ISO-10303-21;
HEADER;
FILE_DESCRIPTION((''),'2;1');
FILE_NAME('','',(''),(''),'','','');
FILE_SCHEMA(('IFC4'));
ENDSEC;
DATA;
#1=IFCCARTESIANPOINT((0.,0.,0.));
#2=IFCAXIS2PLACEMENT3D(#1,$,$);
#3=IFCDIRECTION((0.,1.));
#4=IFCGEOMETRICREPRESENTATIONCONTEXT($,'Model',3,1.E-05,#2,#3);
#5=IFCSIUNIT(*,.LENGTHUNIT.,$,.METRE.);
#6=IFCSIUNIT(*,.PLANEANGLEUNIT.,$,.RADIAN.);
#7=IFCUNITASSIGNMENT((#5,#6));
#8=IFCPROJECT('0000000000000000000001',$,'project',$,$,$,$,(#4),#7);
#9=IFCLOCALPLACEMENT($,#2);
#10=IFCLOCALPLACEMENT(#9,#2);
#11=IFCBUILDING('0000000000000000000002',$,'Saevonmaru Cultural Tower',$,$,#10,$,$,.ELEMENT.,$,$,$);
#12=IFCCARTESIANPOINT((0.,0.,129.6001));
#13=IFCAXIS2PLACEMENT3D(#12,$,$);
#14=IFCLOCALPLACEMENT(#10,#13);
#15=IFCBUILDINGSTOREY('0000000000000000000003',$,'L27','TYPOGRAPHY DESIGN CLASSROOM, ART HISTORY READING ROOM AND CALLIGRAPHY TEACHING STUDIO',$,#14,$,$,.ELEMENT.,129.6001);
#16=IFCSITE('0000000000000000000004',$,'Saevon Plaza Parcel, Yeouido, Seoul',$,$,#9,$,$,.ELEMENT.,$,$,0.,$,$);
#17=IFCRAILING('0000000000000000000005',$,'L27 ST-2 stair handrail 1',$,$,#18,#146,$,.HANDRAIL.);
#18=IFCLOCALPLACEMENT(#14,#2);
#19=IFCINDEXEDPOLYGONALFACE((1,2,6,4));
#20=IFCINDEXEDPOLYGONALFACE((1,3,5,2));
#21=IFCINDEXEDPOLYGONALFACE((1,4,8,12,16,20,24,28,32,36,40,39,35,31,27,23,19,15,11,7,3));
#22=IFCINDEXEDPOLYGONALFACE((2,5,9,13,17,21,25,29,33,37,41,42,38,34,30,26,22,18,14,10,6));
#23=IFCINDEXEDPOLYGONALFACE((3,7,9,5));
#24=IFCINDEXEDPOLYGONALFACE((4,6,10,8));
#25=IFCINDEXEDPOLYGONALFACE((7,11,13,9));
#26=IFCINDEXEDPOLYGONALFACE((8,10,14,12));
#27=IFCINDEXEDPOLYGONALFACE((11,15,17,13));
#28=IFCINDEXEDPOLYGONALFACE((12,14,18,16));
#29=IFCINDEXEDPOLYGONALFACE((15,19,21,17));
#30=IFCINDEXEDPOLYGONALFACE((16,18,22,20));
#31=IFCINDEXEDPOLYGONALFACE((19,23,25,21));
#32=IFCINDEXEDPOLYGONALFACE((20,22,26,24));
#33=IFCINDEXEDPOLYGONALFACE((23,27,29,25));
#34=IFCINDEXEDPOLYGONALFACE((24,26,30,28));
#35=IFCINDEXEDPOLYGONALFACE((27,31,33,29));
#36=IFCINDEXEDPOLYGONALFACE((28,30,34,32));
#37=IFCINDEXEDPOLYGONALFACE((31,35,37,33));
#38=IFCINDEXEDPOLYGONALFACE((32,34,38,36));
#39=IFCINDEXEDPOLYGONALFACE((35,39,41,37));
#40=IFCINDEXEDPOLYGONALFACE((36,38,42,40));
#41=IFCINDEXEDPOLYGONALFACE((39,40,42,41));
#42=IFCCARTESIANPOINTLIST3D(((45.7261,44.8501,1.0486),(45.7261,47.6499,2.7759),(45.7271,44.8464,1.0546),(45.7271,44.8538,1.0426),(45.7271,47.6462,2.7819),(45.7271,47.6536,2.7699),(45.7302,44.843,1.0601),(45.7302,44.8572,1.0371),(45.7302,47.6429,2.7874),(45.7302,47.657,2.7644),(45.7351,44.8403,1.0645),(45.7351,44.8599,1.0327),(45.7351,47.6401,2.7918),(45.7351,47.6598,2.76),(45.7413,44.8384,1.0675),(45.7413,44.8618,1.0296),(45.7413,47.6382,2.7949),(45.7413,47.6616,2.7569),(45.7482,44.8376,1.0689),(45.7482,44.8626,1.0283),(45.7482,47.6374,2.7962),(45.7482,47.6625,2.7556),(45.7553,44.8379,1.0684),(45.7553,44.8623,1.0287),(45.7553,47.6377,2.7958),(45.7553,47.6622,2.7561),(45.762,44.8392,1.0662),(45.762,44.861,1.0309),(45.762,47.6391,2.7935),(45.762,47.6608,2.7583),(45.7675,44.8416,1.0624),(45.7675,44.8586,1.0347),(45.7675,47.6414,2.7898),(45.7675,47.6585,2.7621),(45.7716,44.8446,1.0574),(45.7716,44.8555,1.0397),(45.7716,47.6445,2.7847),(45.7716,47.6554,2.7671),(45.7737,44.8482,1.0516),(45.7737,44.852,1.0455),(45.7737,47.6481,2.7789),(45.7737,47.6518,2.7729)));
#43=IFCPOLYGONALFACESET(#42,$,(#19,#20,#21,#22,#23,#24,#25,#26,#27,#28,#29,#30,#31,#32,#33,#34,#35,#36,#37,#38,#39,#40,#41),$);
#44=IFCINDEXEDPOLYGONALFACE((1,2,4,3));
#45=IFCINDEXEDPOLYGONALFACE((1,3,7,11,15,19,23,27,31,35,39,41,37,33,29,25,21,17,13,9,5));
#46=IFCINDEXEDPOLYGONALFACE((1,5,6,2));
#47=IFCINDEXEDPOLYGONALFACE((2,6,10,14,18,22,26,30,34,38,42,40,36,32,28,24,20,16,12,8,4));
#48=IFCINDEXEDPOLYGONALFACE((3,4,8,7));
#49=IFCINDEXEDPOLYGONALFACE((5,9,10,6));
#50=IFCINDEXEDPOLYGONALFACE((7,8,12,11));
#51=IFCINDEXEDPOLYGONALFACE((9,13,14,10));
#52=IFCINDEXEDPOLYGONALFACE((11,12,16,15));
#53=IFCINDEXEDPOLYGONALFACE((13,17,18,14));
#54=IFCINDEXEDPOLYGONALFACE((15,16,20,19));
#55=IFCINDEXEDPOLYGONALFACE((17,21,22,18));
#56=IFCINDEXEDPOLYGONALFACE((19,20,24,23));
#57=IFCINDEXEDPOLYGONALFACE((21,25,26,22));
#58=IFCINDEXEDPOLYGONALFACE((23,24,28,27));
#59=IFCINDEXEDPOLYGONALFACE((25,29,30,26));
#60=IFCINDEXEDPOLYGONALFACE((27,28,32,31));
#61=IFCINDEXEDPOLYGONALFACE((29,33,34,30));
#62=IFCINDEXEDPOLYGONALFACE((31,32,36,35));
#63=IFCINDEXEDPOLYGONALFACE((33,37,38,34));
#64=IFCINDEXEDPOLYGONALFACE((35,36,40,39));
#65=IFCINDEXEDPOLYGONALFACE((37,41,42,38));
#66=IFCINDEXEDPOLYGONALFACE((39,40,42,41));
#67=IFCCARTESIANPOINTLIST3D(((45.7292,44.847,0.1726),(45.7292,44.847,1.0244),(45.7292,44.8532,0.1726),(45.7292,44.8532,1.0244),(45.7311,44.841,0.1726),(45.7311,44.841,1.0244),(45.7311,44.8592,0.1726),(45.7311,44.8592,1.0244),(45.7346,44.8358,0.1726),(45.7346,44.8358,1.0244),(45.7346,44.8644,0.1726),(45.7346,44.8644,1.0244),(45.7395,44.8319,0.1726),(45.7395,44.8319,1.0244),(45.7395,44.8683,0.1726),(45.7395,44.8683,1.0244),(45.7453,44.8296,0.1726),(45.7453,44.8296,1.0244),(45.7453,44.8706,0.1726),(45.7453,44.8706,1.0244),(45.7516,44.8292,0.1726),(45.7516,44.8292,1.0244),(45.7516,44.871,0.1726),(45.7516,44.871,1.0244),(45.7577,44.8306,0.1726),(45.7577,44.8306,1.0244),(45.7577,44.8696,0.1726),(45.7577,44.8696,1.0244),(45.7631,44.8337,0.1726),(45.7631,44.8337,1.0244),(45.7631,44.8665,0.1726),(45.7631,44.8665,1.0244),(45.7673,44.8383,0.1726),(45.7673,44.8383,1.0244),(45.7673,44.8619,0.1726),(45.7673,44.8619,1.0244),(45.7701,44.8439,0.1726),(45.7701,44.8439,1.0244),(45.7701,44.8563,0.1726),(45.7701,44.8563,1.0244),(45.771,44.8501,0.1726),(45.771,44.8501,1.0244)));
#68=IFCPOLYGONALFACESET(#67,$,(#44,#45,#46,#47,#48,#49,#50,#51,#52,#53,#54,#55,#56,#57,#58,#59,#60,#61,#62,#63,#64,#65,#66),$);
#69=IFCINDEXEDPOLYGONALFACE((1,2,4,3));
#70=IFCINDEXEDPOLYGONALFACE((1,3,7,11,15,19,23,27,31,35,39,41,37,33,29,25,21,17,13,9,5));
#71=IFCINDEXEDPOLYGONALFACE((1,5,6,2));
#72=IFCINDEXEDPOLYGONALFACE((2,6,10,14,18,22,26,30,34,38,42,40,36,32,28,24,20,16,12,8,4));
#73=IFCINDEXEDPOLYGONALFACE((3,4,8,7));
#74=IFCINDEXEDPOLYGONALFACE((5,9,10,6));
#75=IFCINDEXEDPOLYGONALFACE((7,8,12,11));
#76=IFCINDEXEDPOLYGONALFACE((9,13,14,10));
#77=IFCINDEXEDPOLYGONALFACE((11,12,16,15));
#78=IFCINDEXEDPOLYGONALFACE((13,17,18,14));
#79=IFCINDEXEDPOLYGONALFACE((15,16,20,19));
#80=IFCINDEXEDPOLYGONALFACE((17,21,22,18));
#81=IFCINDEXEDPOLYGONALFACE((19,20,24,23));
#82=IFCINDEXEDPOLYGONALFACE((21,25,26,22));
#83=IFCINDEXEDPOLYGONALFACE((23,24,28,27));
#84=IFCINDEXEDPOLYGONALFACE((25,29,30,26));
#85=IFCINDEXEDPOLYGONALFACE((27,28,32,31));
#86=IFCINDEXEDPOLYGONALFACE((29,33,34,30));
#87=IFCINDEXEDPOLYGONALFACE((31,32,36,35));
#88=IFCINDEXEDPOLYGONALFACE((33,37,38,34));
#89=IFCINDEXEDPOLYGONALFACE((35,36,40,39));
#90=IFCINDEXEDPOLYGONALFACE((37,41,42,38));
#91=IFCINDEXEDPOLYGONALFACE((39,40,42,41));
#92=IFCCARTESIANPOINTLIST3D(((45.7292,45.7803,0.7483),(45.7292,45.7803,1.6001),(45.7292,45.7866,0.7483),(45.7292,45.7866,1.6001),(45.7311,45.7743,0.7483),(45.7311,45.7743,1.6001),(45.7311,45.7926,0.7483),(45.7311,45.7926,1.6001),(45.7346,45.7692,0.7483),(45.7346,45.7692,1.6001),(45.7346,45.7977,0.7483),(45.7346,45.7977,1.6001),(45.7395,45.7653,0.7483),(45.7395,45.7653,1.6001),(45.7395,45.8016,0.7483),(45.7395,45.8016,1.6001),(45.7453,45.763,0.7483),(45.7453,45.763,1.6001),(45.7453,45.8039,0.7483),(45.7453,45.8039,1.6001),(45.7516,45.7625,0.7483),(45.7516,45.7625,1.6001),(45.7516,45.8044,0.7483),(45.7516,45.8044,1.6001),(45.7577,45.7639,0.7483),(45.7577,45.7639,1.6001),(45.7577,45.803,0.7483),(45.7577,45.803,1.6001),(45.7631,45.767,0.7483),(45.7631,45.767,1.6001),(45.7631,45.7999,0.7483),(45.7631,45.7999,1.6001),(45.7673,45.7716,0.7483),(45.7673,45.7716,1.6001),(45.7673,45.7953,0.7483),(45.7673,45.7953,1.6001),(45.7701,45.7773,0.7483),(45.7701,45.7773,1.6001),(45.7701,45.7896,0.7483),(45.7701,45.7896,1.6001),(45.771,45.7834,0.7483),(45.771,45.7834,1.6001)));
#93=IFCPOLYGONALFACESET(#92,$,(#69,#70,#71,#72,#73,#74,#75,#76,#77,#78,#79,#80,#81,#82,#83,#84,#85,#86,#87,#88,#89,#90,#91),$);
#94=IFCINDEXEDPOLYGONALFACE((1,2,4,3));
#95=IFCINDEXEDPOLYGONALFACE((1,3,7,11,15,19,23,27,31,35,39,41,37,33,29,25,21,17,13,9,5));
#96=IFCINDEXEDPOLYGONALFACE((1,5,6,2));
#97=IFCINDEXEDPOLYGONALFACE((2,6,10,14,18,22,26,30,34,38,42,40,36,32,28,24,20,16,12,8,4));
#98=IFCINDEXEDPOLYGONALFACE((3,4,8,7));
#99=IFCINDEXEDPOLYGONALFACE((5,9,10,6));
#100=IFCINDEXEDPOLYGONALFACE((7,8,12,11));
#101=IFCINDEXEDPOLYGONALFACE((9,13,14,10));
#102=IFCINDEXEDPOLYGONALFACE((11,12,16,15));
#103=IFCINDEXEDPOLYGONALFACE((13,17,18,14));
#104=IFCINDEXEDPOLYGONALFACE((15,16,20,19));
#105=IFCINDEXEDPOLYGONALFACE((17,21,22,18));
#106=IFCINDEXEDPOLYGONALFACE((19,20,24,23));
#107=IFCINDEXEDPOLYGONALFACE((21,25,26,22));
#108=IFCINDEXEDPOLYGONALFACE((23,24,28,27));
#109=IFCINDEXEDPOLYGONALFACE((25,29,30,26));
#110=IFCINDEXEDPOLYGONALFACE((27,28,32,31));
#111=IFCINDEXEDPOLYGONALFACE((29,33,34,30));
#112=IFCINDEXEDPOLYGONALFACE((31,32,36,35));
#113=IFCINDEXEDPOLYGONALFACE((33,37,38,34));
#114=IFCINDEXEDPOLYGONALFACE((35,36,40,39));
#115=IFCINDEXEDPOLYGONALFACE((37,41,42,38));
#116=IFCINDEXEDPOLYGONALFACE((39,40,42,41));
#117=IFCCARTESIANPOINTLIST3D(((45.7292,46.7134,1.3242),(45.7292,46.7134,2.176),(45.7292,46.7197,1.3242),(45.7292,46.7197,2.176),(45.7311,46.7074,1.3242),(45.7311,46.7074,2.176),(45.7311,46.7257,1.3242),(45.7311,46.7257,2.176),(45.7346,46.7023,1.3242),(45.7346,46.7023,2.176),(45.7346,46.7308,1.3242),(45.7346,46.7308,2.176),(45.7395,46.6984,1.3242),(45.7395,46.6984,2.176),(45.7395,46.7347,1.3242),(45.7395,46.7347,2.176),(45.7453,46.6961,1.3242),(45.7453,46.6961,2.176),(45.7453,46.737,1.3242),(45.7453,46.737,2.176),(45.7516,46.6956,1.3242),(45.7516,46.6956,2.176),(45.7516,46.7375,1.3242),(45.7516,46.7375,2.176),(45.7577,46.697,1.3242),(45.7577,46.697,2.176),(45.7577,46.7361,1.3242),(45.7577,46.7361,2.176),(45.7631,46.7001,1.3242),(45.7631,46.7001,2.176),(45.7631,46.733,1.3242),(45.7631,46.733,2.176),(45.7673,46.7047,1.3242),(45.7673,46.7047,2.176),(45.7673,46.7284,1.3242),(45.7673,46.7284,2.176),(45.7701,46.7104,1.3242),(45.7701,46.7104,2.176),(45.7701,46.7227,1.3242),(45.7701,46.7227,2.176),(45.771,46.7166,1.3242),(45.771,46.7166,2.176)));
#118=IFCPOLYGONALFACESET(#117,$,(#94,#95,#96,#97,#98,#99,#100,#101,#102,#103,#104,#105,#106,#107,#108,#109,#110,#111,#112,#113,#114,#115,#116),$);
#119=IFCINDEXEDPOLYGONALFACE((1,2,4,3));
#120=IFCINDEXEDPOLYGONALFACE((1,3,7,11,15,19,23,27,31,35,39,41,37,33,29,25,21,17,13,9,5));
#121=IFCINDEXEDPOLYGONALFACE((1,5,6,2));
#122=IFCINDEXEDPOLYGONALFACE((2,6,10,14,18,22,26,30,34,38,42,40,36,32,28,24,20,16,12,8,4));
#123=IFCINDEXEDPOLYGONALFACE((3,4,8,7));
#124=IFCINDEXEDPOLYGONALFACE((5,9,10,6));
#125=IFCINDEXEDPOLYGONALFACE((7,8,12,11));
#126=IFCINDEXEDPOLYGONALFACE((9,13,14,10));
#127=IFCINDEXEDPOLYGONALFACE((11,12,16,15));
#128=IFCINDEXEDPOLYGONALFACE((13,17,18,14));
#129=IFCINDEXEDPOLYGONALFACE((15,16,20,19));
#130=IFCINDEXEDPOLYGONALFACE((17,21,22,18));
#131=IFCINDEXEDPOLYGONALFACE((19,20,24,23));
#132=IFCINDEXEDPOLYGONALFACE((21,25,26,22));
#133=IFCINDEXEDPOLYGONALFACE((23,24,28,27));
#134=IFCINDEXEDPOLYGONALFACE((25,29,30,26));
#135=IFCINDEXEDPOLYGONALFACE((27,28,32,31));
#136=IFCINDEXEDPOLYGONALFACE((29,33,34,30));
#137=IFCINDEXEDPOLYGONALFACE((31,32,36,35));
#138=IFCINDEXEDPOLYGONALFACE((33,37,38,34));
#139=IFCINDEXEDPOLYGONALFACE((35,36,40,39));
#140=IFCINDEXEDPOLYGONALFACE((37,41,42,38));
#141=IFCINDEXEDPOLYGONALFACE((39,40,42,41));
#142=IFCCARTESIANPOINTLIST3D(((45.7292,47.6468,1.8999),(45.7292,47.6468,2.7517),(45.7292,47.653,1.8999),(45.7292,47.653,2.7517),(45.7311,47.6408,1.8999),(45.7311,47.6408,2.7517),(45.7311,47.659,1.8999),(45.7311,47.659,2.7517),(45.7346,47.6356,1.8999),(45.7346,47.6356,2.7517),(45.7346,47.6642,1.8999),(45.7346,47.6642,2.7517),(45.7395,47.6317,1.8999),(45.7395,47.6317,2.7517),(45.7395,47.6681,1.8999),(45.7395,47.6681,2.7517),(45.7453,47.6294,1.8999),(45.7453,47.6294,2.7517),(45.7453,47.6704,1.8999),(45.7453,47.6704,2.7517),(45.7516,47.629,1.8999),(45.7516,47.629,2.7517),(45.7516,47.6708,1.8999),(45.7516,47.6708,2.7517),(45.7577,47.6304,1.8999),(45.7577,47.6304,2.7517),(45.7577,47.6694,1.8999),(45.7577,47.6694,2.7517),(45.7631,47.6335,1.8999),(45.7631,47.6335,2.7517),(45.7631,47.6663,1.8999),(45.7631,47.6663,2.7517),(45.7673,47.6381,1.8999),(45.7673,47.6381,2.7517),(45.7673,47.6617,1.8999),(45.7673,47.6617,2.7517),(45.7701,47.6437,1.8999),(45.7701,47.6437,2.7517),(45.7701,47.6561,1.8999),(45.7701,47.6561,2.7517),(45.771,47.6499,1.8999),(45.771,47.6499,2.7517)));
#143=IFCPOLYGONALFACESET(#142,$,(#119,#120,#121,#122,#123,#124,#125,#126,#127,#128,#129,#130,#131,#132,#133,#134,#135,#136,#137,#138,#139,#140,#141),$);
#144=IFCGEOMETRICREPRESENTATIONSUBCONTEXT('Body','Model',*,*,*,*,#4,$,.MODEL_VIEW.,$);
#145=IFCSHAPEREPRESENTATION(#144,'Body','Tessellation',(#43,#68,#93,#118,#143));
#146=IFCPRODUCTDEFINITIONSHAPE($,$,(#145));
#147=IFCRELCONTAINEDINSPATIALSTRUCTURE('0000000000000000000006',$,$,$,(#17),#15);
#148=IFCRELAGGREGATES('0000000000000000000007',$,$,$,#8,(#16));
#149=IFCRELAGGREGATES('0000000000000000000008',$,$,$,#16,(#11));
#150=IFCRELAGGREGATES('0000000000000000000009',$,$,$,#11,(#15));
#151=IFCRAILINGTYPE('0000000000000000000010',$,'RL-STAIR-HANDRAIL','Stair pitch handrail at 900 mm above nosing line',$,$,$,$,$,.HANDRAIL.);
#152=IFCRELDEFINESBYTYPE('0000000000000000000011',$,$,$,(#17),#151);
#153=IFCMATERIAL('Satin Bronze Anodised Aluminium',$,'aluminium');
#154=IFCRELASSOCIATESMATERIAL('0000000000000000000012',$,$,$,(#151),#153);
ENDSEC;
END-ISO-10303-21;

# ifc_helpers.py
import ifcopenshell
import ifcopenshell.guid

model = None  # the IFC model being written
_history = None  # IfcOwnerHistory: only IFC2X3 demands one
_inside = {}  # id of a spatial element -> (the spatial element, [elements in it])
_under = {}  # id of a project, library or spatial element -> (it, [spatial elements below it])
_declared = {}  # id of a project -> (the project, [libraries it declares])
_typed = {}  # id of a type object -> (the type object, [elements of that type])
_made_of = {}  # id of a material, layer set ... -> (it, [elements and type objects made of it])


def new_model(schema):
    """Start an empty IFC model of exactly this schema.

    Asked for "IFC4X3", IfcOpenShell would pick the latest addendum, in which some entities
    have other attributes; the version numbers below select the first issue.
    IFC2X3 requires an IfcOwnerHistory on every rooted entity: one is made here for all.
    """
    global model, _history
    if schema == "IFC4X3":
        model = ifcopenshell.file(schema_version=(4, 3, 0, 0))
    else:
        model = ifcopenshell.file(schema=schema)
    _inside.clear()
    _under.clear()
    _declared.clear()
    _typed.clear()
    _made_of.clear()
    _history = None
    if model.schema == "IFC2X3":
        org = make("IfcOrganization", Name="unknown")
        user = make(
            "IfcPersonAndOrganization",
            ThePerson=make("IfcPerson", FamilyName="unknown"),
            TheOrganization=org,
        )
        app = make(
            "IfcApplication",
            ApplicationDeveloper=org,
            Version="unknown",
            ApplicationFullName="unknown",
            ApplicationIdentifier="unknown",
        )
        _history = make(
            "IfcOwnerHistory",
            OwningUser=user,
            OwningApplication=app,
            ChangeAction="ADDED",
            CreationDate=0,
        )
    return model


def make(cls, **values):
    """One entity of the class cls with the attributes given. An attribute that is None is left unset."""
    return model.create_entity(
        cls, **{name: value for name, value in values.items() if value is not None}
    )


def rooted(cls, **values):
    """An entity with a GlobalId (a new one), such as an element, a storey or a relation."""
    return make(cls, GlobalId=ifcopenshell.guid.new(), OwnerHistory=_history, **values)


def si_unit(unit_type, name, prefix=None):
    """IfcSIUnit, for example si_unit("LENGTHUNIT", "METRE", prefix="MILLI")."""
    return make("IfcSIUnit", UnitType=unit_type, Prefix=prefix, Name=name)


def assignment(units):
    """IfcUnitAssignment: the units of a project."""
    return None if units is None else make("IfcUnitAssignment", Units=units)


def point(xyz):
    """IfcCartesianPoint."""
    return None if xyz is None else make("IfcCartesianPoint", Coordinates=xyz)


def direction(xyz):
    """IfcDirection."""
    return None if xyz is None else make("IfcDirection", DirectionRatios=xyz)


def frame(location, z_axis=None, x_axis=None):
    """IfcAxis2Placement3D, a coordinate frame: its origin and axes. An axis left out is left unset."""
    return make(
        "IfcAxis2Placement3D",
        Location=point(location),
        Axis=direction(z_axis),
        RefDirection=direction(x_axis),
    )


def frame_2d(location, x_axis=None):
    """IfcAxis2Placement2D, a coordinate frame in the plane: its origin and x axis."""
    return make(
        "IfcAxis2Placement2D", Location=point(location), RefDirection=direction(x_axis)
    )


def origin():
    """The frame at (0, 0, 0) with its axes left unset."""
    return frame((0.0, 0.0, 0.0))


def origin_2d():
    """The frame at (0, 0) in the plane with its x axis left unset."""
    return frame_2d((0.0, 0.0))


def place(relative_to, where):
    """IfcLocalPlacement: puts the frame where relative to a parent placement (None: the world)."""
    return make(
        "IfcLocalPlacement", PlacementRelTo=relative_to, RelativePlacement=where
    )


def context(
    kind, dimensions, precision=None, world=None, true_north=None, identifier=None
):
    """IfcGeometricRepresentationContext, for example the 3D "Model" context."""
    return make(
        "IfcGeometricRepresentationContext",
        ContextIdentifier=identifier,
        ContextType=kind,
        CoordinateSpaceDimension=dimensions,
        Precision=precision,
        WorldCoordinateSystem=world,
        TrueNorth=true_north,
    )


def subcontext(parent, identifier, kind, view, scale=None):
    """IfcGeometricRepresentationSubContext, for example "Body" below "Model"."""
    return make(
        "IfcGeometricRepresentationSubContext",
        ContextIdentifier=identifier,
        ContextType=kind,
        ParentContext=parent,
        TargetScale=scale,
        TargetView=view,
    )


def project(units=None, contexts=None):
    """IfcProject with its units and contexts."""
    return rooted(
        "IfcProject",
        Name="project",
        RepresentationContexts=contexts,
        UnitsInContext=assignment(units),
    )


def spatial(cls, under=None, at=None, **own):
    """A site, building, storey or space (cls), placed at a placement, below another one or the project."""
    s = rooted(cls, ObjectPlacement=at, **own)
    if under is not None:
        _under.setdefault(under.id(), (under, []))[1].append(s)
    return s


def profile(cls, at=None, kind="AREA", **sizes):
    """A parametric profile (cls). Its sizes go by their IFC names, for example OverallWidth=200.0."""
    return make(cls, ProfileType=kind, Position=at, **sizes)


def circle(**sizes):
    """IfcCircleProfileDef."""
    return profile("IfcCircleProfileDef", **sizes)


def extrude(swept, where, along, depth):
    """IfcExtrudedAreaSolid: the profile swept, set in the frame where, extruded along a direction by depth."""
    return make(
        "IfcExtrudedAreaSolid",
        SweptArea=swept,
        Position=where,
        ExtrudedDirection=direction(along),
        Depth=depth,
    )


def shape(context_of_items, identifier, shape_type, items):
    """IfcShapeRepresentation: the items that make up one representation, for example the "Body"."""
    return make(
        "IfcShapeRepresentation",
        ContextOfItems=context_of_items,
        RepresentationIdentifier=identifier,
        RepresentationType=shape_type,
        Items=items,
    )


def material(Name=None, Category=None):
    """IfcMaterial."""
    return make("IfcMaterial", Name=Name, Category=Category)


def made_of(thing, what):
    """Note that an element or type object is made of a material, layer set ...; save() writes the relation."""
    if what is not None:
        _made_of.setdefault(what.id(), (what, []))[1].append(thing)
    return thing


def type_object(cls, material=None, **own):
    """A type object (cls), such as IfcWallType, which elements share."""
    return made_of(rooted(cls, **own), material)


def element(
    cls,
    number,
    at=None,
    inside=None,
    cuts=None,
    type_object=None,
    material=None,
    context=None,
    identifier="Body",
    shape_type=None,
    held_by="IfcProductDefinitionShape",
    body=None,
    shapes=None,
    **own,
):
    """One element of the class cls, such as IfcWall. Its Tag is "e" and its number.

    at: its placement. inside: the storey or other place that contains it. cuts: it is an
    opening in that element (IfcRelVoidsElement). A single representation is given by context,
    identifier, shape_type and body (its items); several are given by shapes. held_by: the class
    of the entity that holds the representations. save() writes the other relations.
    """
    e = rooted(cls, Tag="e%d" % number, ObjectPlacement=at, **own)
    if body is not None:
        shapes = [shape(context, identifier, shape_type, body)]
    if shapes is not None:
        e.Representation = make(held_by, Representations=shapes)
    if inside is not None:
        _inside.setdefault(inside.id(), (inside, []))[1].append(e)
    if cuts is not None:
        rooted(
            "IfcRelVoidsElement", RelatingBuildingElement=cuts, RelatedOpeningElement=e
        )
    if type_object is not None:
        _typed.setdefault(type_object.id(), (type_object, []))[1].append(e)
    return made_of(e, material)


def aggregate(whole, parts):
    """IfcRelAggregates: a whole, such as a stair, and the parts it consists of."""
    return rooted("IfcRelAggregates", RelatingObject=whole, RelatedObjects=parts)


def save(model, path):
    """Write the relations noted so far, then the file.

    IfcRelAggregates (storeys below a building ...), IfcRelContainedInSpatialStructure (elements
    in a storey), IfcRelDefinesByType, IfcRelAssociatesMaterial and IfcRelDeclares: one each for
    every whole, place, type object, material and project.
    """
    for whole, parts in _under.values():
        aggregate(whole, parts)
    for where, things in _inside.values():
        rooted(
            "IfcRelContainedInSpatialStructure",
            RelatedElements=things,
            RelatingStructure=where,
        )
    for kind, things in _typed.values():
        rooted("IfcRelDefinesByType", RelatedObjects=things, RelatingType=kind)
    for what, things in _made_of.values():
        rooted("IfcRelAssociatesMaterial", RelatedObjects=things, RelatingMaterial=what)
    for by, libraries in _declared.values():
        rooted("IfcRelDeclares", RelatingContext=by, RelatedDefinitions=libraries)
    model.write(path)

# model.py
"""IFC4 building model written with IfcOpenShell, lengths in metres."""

from ifc_helpers import new_model, si_unit, direction, frame, origin, origin_2d, place, context, subcontext, project, spatial, circle, extrude, material, type_object, element, save


model = new_model("IFC4")

# Units and contexts
model_context = context("Model", 3, precision=1e-05, world=origin(), true_north=direction((0.0, 1.0)))
body_context = subcontext(model_context, "Body", "Model", "MODEL_VIEW")
ifc_project = project(units=[si_unit("LENGTHUNIT", "METRE"), si_unit("PLANEANGLEUNIT", "RADIAN")], contexts=[model_context])

# Site, building, storey
site_placement = place(None, origin())
site = spatial("IfcSite", under=ifc_project, at=site_placement, Name="Saevon Plaza Parcel, Yeouido, Seoul", CompositionType="ELEMENT", RefElevation=0.0)
building_placement = place(site_placement, origin())
building = spatial("IfcBuilding", under=site, at=building_placement, Name="Saevonmaru Cultural Tower", CompositionType="ELEMENT")
storey_placement = place(building_placement, frame((0.0, 0.0, 129.6001)))
storey = spatial("IfcBuildingStorey", under=building, at=storey_placement, Name="L27", Description="TYPOGRAPHY DESIGN CLASSROOM, ART HISTORY READING ROOM AND CALLIGRAPHY TEACHING STUDIO", CompositionType="ELEMENT", Elevation=129.6001)

# Shared definitions
ifc_material_1 = material(Name="Satin Bronze Anodised Aluminium", Category="aluminium")

# Railing
railing_type_1 = type_object("IfcRailingType", Name="RL-STAIR-HANDRAIL", Description="Stair pitch handrail at 900 mm above nosing line", PredefinedType="HANDRAIL", material=ifc_material_1)
railing_1_placement = place(storey_placement, frame((45.75, 44.8501, 0.1726)))
element("IfcRailing", 1, at=railing_1_placement, inside=storey, type_object=railing_type_1, Name="L27 ST-2 stair handrail 1", PredefinedType="HANDRAIL", context=body_context, shape_type="SweptSolid", body=[
    extrude(circle(Radius=0.0239, at=origin_2d()), frame((0.0, 0.0, 0.876), z_axis=(0.0, 0.851069, 0.525054), x_axis=(-1.0, 0.0, 0.0)), (0.0, 0.0, 1.0), 3.2898),
    extrude(circle(Radius=0.021, at=origin_2d()), origin(), (0.0, 0.0, 1.0), 0.8518),
    extrude(circle(Radius=0.021, at=origin_2d()), frame((0.0, 0.9333, 0.5757)), (0.0, 0.0, 1.0), 0.8518),
    extrude(circle(Radius=0.021, at=origin_2d()), frame((0.0, 1.8665, 1.1516)), (0.0, 0.0, 1.0), 0.8518),
    extrude(circle(Radius=0.021, at=origin_2d()), frame((0.0, 2.7998, 1.7273)), (0.0, 0.0, 1.0), 0.8518),
])

save(model, "model.ifc")
